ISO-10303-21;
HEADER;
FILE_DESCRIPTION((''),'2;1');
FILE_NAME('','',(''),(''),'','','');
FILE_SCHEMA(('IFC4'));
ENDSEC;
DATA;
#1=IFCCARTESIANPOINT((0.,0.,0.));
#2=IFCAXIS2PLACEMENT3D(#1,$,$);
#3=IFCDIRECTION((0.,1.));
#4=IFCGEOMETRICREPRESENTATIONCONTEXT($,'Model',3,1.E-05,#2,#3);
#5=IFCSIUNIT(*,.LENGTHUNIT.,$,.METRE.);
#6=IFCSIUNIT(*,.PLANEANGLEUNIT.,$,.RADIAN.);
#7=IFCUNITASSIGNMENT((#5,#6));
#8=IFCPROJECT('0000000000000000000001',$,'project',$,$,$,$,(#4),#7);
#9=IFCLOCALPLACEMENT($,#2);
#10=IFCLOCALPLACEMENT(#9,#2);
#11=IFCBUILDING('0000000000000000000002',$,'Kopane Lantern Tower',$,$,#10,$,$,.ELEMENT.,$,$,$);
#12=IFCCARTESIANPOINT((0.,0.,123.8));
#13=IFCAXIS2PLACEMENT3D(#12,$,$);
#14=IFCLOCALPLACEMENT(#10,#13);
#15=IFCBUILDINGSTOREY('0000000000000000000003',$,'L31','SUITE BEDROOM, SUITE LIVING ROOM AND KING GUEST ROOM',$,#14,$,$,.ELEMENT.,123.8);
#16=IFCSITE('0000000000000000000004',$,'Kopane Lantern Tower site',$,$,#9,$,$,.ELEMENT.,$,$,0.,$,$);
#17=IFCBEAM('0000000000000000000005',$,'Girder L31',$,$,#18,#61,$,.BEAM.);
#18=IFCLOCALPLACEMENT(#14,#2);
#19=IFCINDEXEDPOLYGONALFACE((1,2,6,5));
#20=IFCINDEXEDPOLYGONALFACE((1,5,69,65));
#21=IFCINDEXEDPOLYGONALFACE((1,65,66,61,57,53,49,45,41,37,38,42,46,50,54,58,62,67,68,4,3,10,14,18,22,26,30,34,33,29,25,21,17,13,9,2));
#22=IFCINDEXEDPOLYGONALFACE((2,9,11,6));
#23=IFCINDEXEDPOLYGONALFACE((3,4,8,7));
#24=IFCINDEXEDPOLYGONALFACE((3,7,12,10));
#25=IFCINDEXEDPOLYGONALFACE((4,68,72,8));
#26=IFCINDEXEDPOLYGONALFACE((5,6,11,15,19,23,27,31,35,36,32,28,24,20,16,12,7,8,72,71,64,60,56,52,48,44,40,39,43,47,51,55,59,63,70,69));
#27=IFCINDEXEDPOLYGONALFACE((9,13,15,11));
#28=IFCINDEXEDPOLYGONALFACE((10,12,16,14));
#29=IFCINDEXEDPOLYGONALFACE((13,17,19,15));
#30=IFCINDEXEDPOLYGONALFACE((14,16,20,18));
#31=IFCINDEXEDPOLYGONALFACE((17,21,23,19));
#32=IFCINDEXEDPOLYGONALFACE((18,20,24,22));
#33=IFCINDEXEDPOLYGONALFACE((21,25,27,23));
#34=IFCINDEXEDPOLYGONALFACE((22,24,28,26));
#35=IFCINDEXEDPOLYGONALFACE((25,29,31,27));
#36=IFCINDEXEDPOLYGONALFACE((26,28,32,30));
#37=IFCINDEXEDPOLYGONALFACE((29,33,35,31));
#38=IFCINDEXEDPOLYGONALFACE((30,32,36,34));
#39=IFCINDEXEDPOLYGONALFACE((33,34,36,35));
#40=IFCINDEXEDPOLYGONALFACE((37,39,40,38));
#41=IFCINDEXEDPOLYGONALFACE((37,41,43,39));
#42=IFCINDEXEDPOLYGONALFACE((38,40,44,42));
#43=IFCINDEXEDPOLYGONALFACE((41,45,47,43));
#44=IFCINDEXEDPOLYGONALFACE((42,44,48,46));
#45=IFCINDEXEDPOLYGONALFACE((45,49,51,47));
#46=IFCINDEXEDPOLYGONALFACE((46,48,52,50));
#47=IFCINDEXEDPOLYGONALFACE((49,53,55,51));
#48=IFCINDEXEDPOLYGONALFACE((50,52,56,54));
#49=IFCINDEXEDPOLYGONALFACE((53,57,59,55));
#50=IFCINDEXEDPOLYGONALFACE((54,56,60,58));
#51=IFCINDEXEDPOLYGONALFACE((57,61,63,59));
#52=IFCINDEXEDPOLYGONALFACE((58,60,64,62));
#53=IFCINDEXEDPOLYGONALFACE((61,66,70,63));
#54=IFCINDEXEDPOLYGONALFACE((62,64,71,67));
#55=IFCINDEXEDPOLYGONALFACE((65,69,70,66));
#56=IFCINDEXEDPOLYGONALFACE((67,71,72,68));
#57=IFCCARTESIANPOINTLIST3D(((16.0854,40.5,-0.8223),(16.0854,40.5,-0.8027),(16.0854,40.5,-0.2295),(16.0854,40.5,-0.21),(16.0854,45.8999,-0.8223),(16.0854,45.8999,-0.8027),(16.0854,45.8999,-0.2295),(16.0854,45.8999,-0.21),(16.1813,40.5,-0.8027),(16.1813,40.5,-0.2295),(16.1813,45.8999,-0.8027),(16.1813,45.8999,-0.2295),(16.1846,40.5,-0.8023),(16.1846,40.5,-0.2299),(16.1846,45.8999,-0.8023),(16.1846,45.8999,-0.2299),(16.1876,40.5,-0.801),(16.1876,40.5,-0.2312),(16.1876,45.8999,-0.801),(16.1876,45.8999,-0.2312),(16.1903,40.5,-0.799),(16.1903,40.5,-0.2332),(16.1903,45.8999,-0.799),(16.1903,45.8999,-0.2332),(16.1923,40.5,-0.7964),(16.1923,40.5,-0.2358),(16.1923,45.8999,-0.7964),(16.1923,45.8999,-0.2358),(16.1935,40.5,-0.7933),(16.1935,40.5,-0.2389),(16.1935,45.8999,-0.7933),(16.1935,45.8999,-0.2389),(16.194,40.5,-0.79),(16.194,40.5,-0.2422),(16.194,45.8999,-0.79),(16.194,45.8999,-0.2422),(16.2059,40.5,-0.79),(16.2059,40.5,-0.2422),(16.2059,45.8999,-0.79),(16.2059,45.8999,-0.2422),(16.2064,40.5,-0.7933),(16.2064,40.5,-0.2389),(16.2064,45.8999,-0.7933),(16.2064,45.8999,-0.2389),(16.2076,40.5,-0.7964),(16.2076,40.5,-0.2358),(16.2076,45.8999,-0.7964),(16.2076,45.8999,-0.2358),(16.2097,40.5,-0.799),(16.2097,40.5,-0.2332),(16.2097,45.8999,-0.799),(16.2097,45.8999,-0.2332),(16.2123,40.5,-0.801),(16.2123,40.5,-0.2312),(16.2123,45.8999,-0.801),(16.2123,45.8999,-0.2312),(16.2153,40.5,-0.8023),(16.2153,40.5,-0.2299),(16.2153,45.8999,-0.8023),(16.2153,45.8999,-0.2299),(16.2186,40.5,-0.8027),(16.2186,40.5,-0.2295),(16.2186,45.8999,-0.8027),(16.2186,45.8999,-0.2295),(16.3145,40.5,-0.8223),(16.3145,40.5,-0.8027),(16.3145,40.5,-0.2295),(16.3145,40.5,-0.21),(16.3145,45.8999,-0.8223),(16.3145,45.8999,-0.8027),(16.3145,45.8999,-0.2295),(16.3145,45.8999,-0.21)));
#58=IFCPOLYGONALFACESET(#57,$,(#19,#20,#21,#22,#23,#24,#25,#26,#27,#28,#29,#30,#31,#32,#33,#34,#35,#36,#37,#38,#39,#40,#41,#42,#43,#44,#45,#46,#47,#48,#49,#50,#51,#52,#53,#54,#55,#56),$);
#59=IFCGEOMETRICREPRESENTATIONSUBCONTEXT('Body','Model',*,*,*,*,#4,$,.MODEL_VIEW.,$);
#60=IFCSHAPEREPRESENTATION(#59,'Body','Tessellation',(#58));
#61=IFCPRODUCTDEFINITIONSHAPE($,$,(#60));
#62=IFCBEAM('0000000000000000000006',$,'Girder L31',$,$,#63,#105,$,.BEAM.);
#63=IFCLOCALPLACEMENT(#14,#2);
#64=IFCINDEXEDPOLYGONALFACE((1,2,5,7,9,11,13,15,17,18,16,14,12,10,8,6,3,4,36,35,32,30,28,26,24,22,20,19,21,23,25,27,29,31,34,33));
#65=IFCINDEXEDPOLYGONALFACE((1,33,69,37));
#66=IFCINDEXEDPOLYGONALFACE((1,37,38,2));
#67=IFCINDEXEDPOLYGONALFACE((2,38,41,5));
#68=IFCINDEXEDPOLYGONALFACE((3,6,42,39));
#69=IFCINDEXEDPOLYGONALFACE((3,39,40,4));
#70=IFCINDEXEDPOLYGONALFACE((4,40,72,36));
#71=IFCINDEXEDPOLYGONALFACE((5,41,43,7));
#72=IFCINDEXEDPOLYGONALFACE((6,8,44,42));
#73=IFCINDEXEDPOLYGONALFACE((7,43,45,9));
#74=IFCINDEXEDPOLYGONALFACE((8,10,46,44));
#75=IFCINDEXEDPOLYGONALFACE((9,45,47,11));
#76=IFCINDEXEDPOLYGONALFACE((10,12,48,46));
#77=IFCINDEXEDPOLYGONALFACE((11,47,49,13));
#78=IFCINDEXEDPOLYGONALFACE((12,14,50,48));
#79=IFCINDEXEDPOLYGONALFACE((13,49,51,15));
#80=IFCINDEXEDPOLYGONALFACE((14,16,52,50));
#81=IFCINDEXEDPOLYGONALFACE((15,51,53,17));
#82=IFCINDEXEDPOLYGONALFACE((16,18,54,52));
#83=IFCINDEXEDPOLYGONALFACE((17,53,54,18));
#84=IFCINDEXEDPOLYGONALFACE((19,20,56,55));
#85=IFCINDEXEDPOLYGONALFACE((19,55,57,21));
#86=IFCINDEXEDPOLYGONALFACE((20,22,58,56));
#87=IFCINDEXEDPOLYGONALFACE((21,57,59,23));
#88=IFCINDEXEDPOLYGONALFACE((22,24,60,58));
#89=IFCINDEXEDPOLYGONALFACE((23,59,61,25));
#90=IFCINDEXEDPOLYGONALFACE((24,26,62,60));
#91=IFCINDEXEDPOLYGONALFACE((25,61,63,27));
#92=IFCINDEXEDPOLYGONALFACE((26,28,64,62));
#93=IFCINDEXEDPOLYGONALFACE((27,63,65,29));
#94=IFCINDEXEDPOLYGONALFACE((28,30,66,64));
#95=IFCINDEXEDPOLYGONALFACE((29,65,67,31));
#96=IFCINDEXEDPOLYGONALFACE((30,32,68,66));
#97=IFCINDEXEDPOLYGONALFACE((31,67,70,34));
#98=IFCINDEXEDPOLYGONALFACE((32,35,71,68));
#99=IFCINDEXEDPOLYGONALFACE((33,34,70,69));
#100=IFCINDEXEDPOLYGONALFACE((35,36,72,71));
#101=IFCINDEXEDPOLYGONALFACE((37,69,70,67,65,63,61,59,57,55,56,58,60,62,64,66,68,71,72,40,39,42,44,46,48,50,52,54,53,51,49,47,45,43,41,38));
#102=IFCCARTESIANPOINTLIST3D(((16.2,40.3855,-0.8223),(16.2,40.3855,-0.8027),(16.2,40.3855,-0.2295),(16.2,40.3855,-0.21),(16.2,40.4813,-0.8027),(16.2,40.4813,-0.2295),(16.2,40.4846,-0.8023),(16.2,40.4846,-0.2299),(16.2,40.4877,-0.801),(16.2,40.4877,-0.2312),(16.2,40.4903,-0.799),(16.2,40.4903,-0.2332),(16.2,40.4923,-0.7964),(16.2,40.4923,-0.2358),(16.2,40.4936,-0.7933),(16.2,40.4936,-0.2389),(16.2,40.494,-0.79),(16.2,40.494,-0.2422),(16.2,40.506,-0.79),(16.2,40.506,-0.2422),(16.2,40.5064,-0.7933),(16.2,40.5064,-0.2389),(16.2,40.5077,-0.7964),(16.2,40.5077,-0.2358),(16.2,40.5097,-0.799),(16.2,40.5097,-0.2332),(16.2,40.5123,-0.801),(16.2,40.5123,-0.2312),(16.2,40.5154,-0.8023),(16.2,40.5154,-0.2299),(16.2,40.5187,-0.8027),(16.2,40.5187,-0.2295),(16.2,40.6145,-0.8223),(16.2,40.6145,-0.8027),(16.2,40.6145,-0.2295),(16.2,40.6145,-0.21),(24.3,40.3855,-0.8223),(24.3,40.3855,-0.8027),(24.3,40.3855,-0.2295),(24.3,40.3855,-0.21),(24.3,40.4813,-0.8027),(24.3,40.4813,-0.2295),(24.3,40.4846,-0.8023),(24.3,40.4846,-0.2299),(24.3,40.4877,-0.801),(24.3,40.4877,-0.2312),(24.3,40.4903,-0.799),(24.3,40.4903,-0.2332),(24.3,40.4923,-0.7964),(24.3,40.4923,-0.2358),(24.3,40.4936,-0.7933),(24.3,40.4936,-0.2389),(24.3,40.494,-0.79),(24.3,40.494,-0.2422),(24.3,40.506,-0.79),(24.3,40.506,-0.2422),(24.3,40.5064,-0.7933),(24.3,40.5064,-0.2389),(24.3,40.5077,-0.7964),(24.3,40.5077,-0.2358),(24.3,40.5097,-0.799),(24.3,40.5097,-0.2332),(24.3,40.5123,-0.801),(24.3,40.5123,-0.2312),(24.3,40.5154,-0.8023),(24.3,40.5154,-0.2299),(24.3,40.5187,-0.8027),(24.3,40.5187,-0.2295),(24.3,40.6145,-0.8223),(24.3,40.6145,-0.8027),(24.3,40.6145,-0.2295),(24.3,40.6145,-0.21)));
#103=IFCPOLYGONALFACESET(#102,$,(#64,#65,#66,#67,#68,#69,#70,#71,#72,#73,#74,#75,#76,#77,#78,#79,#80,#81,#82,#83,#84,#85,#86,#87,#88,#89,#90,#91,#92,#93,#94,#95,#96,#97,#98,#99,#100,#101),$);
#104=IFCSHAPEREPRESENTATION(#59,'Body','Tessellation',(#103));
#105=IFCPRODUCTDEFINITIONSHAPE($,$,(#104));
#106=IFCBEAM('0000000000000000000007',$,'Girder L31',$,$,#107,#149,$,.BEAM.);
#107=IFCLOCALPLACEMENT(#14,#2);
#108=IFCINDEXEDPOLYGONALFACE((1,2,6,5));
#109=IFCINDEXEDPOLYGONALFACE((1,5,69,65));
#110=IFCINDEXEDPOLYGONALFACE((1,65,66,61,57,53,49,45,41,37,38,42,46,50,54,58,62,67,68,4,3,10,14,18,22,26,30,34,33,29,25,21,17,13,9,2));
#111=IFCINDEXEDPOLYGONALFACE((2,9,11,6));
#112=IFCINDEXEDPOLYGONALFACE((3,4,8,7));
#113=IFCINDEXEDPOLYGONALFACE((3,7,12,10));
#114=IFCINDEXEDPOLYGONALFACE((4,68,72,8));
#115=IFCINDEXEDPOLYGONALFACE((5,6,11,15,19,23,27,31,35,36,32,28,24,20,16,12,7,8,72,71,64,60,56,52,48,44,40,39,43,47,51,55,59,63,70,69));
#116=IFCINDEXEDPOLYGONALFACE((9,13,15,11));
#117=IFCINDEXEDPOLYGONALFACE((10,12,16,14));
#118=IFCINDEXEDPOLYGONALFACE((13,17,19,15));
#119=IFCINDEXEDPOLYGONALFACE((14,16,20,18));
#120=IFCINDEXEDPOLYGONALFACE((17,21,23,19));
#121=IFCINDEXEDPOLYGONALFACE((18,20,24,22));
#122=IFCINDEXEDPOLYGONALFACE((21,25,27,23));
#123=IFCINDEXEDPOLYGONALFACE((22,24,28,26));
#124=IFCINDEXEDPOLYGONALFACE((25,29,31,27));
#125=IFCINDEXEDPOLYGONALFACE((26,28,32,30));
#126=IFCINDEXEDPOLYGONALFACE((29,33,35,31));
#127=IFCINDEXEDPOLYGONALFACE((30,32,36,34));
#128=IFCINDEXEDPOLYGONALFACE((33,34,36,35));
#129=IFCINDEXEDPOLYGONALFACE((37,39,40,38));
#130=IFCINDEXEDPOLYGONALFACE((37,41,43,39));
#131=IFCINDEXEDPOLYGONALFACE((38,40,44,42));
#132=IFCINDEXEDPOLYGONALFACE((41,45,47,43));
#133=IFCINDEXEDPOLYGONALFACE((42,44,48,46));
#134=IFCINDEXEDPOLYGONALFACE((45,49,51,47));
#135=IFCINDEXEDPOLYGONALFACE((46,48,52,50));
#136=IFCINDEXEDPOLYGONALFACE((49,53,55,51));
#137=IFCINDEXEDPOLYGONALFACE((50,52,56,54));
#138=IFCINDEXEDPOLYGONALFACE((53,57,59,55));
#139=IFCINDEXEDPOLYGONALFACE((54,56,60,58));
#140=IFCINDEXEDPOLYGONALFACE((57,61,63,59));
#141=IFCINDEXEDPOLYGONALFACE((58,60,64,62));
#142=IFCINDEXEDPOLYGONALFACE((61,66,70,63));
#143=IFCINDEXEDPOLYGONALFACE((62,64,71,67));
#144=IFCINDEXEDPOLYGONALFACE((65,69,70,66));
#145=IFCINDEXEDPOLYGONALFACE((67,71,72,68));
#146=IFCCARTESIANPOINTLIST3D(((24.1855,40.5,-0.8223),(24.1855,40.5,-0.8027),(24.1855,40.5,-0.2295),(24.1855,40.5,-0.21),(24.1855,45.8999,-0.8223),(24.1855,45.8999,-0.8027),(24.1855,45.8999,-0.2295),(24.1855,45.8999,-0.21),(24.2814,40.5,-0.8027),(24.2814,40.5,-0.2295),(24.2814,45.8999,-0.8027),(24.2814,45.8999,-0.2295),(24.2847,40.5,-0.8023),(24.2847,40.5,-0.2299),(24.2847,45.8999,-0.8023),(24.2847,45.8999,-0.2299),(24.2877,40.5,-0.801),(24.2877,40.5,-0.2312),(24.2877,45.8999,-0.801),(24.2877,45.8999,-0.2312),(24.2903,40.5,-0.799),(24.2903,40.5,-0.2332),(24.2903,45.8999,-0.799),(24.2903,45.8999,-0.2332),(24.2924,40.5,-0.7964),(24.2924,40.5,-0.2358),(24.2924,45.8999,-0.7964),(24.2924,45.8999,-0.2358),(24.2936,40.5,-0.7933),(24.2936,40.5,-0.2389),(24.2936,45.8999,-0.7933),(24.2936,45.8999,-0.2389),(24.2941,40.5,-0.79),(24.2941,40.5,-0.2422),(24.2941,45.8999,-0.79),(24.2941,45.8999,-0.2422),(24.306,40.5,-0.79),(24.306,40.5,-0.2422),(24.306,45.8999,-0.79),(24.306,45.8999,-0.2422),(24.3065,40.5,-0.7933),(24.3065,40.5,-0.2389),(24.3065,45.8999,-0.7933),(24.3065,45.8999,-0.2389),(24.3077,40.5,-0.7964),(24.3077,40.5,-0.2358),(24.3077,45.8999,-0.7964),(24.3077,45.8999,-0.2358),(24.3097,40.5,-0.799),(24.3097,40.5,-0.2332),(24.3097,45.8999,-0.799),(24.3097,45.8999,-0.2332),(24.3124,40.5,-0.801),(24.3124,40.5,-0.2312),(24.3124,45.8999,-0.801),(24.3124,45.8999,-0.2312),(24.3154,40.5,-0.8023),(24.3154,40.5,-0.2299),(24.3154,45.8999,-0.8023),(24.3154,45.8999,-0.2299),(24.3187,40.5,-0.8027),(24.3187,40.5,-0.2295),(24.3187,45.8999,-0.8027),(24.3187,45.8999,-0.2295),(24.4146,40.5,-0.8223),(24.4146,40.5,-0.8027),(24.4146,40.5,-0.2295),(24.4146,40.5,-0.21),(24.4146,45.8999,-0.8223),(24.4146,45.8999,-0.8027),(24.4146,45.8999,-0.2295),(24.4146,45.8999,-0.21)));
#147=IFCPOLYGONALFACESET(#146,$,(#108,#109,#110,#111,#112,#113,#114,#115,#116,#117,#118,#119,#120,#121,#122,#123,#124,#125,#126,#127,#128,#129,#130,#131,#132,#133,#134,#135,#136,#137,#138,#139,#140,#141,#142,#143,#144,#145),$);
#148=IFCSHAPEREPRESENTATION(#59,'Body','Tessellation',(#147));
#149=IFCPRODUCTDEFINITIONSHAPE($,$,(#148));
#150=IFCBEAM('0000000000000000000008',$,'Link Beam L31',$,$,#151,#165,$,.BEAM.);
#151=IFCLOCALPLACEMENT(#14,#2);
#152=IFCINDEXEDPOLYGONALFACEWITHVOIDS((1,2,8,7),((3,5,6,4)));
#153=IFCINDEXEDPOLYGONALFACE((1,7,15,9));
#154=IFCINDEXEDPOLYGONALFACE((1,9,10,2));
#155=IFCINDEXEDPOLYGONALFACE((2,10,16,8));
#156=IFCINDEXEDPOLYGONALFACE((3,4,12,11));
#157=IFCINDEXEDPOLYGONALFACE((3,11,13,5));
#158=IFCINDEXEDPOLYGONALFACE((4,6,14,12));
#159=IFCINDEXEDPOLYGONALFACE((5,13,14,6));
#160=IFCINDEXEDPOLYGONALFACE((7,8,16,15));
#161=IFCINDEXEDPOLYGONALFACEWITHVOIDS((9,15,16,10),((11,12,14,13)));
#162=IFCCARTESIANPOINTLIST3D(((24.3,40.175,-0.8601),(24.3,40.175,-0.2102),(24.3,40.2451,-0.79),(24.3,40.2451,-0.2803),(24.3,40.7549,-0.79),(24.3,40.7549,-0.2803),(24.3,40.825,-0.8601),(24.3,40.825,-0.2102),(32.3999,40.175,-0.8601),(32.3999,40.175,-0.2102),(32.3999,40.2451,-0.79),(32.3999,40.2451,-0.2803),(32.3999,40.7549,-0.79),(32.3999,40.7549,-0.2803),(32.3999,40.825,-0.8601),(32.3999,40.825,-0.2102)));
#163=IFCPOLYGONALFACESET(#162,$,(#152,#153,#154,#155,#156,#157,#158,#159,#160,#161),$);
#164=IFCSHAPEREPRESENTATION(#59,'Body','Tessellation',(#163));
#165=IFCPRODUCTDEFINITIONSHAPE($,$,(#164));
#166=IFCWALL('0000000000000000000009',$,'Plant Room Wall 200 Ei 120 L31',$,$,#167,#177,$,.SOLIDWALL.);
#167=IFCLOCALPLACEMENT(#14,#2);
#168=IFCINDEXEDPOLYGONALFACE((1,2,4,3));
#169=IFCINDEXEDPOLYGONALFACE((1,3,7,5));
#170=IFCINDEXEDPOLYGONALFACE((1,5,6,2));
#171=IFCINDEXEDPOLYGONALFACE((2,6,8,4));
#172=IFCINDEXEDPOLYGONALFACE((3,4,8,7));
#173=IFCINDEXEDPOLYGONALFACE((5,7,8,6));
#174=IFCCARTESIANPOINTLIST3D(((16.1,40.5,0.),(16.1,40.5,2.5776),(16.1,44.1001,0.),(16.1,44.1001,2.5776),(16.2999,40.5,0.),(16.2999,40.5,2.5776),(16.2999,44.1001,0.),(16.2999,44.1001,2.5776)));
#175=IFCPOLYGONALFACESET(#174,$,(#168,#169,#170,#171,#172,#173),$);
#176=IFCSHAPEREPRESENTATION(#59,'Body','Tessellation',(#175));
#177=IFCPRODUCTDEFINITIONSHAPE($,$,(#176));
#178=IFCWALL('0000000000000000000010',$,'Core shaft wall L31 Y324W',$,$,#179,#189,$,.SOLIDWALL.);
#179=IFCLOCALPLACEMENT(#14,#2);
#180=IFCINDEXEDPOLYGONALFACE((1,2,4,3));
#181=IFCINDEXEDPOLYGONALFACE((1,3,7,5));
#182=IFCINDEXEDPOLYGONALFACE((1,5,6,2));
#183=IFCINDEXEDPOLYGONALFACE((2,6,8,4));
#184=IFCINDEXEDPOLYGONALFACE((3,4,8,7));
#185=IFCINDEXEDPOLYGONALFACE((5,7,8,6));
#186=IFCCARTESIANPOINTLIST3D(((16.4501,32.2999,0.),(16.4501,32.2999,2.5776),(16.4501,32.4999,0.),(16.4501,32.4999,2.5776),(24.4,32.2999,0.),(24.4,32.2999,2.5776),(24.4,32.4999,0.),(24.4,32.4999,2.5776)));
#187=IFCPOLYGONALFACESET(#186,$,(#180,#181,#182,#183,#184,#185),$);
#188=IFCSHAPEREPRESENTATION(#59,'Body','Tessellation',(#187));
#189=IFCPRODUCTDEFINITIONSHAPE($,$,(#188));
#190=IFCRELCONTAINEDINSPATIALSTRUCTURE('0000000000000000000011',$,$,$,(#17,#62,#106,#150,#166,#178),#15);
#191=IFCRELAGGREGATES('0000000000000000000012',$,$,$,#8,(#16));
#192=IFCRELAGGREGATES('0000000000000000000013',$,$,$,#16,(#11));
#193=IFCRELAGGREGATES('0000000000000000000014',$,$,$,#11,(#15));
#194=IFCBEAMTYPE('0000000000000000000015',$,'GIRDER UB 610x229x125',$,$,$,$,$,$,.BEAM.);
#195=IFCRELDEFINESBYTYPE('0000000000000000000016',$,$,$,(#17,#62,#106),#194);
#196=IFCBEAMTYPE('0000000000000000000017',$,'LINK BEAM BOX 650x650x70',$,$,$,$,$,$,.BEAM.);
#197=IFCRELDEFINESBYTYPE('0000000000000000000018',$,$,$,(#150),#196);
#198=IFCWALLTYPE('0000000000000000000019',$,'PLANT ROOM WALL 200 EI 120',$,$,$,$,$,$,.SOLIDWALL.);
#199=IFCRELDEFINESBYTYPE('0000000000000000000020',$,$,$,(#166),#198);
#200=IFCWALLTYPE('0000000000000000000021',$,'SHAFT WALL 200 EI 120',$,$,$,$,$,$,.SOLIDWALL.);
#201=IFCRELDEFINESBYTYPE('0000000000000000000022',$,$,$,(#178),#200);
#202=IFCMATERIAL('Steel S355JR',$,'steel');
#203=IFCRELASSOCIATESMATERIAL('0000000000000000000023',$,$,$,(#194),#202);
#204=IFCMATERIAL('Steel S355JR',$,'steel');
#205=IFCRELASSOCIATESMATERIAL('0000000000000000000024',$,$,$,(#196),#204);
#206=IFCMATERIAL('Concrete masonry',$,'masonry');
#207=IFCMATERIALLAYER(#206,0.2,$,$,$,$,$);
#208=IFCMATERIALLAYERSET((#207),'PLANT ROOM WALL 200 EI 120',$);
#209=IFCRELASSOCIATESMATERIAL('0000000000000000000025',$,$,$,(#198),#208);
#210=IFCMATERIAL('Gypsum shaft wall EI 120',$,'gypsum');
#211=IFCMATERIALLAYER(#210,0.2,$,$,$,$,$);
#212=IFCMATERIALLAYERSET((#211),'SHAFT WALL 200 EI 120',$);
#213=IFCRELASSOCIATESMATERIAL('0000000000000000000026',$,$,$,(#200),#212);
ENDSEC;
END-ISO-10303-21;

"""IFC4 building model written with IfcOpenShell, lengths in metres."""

from ifc_helpers import new_model, si_unit, direction, frame, frame_2d, origin, origin_2d, place, context, subcontext, project, spatial, rectangle, hollow_rectangle, i_section, extrude, material, layer, layer_set, material_profile, profile_set, type_object, element, save


model = new_model("IFC4")

# Units and contexts
model_context = context("Model", 3, precision=1e-05, world=origin(), true_north=direction((0.0, 1.0)))
body_context = subcontext(model_context, "Body", "Model", "MODEL_VIEW")
ifc_project = project(units=[si_unit("LENGTHUNIT", "METRE"), si_unit("PLANEANGLEUNIT", "RADIAN")], contexts=[model_context])

# Site, building, storey
site_placement = place(None, origin())
site = spatial("IfcSite", under=ifc_project, at=site_placement, Name="Kopane Lantern Tower site", CompositionType="ELEMENT", RefElevation=0.0)
building_placement = place(site_placement, origin())
building = spatial("IfcBuilding", under=site, at=building_placement, Name="Kopane Lantern Tower", CompositionType="ELEMENT")
storey_placement = place(building_placement, frame((0.0, 0.0, 123.8)))
storey = spatial("IfcBuildingStorey", under=building, at=storey_placement, Name="L31", Description="SUITE BEDROOM, SUITE LIVING ROOM AND KING GUEST ROOM", CompositionType="ELEMENT", Elevation=123.8)

# Beams
ifc_material_1 = material(Name="Steel S355JR", Category="steel")
ifc_material_profile_1 = material_profile(ifc_material_1, i_section(OverallWidth=0.229, OverallDepth=0.6123, WebThickness=0.012, FlangeThickness=0.0195, FilletRadius=0.0127, at=origin_2d()), Name="UB 610x229x125")
ifc_profile_set_1 = profile_set([ifc_material_profile_1], Name="Steel S355JR")
beam_type_1 = type_object("IfcBeamType", Name="GIRDER UB 610x229x125", PredefinedType="BEAM", material=ifc_profile_set_1)
beam_1_placement = place(storey_placement, frame((16.2, 40.5, -0.5161), z_axis=(0.0, 1.0, 0.0), x_axis=(-1.0, 0.0, 0.0)))
element("IfcBeam", 1, at=beam_1_placement, inside=storey, type_object=beam_type_1, Name="Girder L31", PredefinedType="BEAM", context=body_context, shape_type="SweptSolid", body=[
    extrude(i_section(OverallWidth=0.229, OverallDepth=0.6123, WebThickness=0.012, FlangeThickness=0.0195, FilletRadius=0.0127, at=origin_2d()), origin(), (0.0, 0.0, 1.0), 5.3999),
])
beam_2_placement = place(storey_placement, frame((16.2, 40.5, -0.5161), z_axis=(1.0, 0.0, 0.0), x_axis=(0.0, 1.0, 0.0)))
element("IfcBeam", 2, at=beam_2_placement, inside=storey, type_object=beam_type_1, Name="Girder L31", PredefinedType="BEAM", context=body_context, shape_type="SweptSolid", body=[
    extrude(i_section(OverallWidth=0.229, OverallDepth=0.6123, WebThickness=0.012, FlangeThickness=0.0195, FilletRadius=0.0127, at=origin_2d()), origin(), (0.0, 0.0, 1.0), 8.1001),
])
beam_3_placement = place(storey_placement, frame((24.3, 40.5, -0.5161), z_axis=(0.0, 1.0, 0.0), x_axis=(-1.0, 0.0, 0.0)))
element("IfcBeam", 3, at=beam_3_placement, inside=storey, type_object=beam_type_1, Name="Girder L31", PredefinedType="BEAM", context=body_context, shape_type="SweptSolid", body=[
    extrude(i_section(OverallWidth=0.229, OverallDepth=0.6123, WebThickness=0.012, FlangeThickness=0.0195, FilletRadius=0.0127, at=origin_2d()), origin(), (0.0, 0.0, 1.0), 5.3999),
])
ifc_material_2 = material(Name="Steel S355JR", Category="steel")
ifc_material_profile_2 = material_profile(ifc_material_2, hollow_rectangle(XDim=0.6499, YDim=0.6499, WallThickness=0.0701, at=origin_2d()), Name="BOX 650x650x70")
ifc_profile_set_2 = profile_set([ifc_material_profile_2], Name="Steel S355JR")
beam_type_2 = type_object("IfcBeamType", Name="LINK BEAM BOX 650x650x70", PredefinedType="BEAM", material=ifc_profile_set_2)
beam_4_placement = place(storey_placement, frame((24.3, 40.5, -0.5352), z_axis=(1.0, 0.0, 0.0), x_axis=(0.0, 1.0, 0.0)))
element("IfcBeam", 4, at=beam_4_placement, inside=storey, type_object=beam_type_2, Name="Link Beam L31", PredefinedType="BEAM", context=body_context, shape_type="SweptSolid", body=[
    extrude(hollow_rectangle(XDim=0.6499, YDim=0.6499, WallThickness=0.0701, at=origin_2d()), origin(), (0.0, 0.0, 1.0), 8.0999),
])

# Walls
ifc_material_3 = material(Name="Concrete masonry", Category="masonry")
ifc_layer_1 = layer(ifc_material_3, 0.2)
ifc_layer_set_1 = layer_set([ifc_layer_1], Name="PLANT ROOM WALL 200 EI 120")
wall_type_1 = type_object("IfcWallType", Name="PLANT ROOM WALL 200 EI 120", PredefinedType="SOLIDWALL", material=ifc_layer_set_1)
wall_1_placement = place(storey_placement, frame((16.2, 40.5, 0.0), z_axis=(0.0, 0.0, 1.0), x_axis=(0.0, 1.0, 0.0)))
element("IfcWall", 5, at=wall_1_placement, inside=storey, type_object=wall_type_1, Name="Plant Room Wall 200 Ei 120 L31", PredefinedType="SOLIDWALL", context=body_context, shape_type="SweptSolid", body=[
    extrude(rectangle(XDim=3.6001, YDim=0.2, at=frame_2d((1.8, 0.0))), origin(), (0.0, 0.0, 1.0), 2.5776),
])
ifc_material_4 = material(Name="Gypsum shaft wall EI 120", Category="gypsum")
ifc_layer_2 = layer(ifc_material_4, 0.2)
ifc_layer_set_2 = layer_set([ifc_layer_2], Name="SHAFT WALL 200 EI 120")
wall_type_2 = type_object("IfcWallType", Name="SHAFT WALL 200 EI 120", PredefinedType="SOLIDWALL", material=ifc_layer_set_2)
wall_2_placement = place(storey_placement, frame((16.45, 32.3999, 0.0), z_axis=(0.0, 0.0, 1.0), x_axis=(1.0, 0.0, 0.0)))
element("IfcWall", 6, at=wall_2_placement, inside=storey, type_object=wall_type_2, Name="Core shaft wall L31 Y324W", PredefinedType="SOLIDWALL", context=body_context, shape_type="SweptSolid", body=[
    extrude(rectangle(XDim=7.95, YDim=0.2, at=frame_2d((3.9751, 0.0))), origin(), (0.0, 0.0, 1.0), 2.5776),
])

save(model, "model.ifc")
